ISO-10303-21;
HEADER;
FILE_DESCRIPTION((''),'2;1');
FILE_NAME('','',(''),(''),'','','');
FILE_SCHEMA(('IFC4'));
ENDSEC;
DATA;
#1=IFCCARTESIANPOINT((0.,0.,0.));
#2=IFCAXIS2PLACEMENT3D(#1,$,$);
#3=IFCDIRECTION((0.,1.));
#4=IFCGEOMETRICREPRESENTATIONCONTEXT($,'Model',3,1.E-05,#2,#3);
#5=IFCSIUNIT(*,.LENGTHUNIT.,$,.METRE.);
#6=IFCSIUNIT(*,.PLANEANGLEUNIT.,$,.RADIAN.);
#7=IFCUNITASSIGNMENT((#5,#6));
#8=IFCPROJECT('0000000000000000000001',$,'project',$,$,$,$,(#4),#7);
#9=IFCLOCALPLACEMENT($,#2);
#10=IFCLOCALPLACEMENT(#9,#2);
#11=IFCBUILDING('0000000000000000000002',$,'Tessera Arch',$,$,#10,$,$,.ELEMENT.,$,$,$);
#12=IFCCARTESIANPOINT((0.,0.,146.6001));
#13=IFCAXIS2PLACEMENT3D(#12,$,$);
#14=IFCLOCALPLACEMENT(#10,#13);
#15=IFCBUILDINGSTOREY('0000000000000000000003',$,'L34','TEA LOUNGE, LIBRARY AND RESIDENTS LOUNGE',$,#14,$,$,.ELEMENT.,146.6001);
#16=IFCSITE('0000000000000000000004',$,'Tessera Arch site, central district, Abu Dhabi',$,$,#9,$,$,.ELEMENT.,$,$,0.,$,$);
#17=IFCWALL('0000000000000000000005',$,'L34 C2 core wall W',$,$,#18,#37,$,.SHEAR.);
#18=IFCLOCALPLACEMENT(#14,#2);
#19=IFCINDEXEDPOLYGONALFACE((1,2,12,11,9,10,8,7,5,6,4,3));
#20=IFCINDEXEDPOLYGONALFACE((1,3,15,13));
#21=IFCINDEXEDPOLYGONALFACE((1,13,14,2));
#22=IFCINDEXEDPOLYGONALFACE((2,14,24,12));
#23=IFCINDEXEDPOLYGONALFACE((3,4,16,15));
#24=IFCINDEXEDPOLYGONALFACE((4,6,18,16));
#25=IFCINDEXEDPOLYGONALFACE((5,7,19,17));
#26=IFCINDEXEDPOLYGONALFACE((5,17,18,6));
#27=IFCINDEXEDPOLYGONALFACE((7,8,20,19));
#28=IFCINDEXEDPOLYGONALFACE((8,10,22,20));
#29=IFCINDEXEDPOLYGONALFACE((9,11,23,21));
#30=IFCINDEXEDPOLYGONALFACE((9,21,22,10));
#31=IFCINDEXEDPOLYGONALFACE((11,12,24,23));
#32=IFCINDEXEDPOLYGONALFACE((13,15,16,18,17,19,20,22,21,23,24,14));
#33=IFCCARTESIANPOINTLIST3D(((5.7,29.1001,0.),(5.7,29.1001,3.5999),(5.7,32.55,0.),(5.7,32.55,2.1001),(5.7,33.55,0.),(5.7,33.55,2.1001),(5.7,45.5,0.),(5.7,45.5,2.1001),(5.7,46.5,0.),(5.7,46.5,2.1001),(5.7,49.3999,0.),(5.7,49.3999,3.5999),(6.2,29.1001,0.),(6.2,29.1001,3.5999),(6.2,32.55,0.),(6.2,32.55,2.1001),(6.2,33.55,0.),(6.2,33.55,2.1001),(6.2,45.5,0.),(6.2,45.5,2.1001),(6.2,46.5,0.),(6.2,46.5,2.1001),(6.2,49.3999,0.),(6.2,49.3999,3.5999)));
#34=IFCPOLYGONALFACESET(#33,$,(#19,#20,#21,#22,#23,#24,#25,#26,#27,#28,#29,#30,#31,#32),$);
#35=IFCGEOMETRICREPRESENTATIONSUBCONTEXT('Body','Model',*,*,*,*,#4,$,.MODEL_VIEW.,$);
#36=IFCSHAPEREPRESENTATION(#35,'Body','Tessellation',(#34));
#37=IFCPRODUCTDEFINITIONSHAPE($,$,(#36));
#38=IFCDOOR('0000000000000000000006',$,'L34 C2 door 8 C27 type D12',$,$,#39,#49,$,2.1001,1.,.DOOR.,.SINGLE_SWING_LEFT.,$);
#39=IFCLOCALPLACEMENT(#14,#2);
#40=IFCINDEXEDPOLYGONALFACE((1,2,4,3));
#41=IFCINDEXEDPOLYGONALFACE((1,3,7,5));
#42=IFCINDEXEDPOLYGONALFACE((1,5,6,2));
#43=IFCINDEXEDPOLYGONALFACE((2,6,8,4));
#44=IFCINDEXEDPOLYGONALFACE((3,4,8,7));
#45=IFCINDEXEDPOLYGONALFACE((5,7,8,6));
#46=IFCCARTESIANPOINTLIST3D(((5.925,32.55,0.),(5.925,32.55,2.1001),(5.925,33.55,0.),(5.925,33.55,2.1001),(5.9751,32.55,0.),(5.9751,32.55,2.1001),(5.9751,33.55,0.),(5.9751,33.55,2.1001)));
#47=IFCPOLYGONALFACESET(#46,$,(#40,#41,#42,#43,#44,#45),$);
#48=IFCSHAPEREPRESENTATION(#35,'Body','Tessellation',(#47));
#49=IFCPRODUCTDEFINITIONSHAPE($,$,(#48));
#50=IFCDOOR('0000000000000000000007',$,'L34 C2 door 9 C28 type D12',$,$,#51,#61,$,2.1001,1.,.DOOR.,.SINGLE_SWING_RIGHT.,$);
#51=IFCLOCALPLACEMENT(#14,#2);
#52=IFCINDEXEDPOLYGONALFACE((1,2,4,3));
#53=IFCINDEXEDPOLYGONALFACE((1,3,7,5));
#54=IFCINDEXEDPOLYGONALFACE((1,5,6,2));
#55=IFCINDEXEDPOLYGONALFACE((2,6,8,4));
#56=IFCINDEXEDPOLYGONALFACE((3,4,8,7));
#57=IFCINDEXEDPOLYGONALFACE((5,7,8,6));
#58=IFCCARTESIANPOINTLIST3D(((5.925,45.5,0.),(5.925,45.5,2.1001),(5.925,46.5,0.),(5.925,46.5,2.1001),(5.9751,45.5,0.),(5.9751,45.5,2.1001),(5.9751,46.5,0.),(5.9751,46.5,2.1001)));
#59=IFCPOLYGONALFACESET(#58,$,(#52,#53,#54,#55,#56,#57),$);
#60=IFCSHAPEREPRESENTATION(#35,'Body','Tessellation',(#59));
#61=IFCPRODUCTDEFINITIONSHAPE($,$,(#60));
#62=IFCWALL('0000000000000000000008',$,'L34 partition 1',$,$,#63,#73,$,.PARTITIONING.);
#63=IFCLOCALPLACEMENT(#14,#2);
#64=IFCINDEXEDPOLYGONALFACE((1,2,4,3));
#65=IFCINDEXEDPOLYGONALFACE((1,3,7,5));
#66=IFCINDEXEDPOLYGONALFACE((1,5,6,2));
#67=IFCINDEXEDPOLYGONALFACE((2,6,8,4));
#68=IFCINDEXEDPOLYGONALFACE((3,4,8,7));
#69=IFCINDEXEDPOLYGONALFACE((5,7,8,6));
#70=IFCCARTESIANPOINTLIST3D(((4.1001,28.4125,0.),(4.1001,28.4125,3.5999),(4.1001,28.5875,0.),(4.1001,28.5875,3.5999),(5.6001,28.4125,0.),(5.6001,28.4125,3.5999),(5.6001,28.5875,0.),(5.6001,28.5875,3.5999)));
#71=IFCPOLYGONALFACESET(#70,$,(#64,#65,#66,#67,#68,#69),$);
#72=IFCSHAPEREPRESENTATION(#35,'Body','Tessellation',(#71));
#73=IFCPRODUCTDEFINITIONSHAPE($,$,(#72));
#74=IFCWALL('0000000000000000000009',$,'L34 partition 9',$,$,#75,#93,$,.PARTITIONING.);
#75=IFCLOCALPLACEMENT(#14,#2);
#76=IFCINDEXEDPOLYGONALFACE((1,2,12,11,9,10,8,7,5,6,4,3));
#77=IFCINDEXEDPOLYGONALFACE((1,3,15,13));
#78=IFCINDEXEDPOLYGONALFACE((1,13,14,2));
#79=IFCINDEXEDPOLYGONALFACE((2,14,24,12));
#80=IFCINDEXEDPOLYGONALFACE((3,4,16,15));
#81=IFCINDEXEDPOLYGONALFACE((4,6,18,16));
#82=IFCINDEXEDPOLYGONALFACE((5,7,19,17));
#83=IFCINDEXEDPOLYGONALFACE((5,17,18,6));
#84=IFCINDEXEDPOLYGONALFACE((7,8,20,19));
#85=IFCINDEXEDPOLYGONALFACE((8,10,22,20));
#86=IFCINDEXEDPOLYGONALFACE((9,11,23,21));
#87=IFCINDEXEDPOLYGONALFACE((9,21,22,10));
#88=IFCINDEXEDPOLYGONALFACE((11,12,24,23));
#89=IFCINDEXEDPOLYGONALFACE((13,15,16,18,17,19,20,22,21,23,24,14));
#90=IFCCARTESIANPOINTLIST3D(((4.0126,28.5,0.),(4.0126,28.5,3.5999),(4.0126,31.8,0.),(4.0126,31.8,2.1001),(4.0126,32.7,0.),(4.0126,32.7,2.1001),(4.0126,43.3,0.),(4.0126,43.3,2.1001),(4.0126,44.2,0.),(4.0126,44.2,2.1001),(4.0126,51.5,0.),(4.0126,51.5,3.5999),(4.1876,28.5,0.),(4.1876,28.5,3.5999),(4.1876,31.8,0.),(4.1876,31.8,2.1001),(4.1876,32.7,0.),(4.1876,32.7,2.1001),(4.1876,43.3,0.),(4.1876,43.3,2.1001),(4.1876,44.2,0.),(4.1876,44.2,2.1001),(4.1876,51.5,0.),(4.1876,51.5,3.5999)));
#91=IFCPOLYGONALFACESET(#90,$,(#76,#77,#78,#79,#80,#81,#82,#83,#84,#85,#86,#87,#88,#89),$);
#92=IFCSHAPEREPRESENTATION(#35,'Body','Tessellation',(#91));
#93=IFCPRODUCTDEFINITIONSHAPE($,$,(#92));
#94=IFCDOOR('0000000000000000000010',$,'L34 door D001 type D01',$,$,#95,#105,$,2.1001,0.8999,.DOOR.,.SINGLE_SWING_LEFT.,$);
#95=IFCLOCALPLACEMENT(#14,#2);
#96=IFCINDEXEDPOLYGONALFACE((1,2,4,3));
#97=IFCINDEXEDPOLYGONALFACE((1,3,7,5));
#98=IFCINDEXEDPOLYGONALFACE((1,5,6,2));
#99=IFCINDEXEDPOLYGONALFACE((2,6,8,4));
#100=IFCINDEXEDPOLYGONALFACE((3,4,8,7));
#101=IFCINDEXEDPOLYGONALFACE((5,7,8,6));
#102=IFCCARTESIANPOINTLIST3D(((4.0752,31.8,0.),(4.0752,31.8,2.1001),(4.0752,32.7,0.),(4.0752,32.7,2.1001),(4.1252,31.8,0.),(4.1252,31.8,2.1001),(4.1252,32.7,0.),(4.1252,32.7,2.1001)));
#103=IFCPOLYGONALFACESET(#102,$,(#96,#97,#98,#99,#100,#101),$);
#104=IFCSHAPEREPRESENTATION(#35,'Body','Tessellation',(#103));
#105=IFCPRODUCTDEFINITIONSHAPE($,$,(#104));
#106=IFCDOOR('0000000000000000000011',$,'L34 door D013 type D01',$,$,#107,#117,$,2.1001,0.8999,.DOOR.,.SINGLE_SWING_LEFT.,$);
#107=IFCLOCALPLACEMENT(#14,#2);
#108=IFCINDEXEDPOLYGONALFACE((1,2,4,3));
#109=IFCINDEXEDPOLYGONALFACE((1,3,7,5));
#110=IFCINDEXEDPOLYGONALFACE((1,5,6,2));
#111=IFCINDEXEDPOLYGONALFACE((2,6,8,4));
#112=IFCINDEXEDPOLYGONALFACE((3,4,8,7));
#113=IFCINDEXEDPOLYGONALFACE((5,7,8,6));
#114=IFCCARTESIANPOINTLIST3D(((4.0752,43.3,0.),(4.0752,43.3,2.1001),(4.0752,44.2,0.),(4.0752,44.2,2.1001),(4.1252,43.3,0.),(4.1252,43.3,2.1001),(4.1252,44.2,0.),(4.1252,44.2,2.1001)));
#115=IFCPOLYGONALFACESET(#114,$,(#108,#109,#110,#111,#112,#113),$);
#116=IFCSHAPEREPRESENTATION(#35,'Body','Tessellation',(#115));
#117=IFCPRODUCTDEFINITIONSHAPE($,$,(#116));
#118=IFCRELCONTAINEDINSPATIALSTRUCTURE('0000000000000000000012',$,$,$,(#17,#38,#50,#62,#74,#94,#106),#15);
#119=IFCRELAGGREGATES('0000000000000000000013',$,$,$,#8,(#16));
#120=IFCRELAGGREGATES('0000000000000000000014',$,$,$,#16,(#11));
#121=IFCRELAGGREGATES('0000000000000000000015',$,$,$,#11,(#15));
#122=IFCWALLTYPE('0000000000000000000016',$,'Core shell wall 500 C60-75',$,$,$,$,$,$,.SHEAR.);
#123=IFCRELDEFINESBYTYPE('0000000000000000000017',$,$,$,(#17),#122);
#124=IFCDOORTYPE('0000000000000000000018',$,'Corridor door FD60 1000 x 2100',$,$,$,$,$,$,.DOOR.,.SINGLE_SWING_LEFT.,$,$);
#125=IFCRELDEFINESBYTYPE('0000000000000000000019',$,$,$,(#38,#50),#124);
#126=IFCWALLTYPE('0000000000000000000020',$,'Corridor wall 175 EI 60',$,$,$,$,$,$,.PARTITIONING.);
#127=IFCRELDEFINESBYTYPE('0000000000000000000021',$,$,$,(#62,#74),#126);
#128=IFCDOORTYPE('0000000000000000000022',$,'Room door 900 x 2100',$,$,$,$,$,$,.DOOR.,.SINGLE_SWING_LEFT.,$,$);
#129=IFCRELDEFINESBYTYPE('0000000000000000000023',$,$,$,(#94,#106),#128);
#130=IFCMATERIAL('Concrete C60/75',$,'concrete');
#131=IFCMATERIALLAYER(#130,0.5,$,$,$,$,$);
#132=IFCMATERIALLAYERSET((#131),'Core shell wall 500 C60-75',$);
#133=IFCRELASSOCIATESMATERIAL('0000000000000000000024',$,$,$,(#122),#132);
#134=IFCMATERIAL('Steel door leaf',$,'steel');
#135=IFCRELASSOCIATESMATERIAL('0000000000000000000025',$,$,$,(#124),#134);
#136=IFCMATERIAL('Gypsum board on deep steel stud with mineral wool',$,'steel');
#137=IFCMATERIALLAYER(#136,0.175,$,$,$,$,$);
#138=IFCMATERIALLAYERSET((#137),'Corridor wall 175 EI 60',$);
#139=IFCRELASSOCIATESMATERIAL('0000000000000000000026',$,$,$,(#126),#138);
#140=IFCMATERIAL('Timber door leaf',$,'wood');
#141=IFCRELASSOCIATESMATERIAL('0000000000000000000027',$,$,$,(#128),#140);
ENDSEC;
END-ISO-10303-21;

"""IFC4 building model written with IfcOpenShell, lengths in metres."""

from ifc_helpers import new_model, si_unit, direction, frame, frame_2d, origin, place, context, subcontext, project, spatial, rectangle, extrude, material, layer, layer_set, type_object, element, fill, save


model = new_model("IFC4")

# Units and contexts
model_context = context("Model", 3, precision=1e-05, world=origin(), true_north=direction((0.0, 1.0)))
body_context = subcontext(model_context, "Body", "Model", "MODEL_VIEW")
ifc_project = project(units=[si_unit("LENGTHUNIT", "METRE"), si_unit("PLANEANGLEUNIT", "RADIAN")], contexts=[model_context])

# Site, building, storey
site_placement = place(None, origin())
site = spatial("IfcSite", under=ifc_project, at=site_placement, Name="Tessera Arch site, central district, Abu Dhabi", CompositionType="ELEMENT", RefElevation=0.0)
building_placement = place(site_placement, origin())
building = spatial("IfcBuilding", under=site, at=building_placement, Name="Tessera Arch", CompositionType="ELEMENT")
storey_placement = place(building_placement, frame((0.0, 0.0, 146.6001)))
storey = spatial("IfcBuildingStorey", under=building, at=storey_placement, Name="L34", Description="TEA LOUNGE, LIBRARY AND RESIDENTS LOUNGE", CompositionType="ELEMENT", Elevation=146.6001)

# Shared definitions
ifc_material_1 = material(Name="Concrete C60/75", Category="concrete")
ifc_layer_1 = layer(ifc_material_1, 0.5)
ifc_layer_set_1 = layer_set([ifc_layer_1], Name="Core shell wall 500 C60-75")
wall_type_1 = type_object("IfcWallType", Name="Core shell wall 500 C60-75", PredefinedType="SHEAR", material=ifc_layer_set_1)

# Wall, openings, doors
wall_1_placement = place(storey_placement, frame((5.95, 29.1001, 0.0), z_axis=(0.0, 0.0, 1.0), x_axis=(0.0, 1.0, 0.0)))
wall_1 = element("IfcWall", 1, at=wall_1_placement, inside=storey, type_object=wall_type_1, Name="L34 C2 core wall W", PredefinedType="SHEAR", context=body_context, shape_type="SweptSolid", body=[
    extrude(rectangle(XDim=20.2998, YDim=0.5, at=frame_2d((10.1499, 0.0))), origin(), (0.0, 0.0, 1.0), 3.5999),
])
opening_1_placement = place(wall_1_placement, frame((3.45, 0.0, 0.0)))
opening_1 = element("IfcOpeningElement", 2, at=opening_1_placement, cuts=wall_1, PredefinedType="OPENING", context=body_context, shape_type="SweptSolid", body=[
    extrude(rectangle(XDim=1.0, YDim=2.1001, at=frame_2d((0.5, 1.05))), frame((0.0, 0.26, 0.0), z_axis=(0.0, -1.0, 0.0), x_axis=(1.0, 0.0, 0.0)), (0.0, 0.0, 1.0), 0.52),
])
opening_2_placement = place(wall_1_placement, frame((16.3999, 0.0, 0.0)))
opening_2 = element("IfcOpeningElement", 3, at=opening_2_placement, cuts=wall_1, PredefinedType="OPENING", context=body_context, shape_type="SweptSolid", body=[
    extrude(rectangle(XDim=1.0, YDim=2.1001, at=frame_2d((0.5, 1.05))), frame((0.0, 0.26, 0.0), z_axis=(0.0, -1.0, 0.0), x_axis=(1.0, 0.0, 0.0)), (0.0, 0.0, 1.0), 0.52),
])
ifc_material_2 = material(Name="Steel door leaf", Category="steel")
door_type_1 = type_object("IfcDoorType", Name="Corridor door FD60 1000 x 2100", OperationType="SINGLE_SWING_LEFT", PredefinedType="DOOR", material=ifc_material_2)
door_1_placement = place(opening_1_placement, origin())
door_1 = element("IfcDoor", 4, at=door_1_placement, inside=storey, type_object=door_type_1, Name="L34 C2 door 8 C27 type D12", OperationType="SINGLE_SWING_LEFT", OverallHeight=2.1001, OverallWidth=1.0, PredefinedType="DOOR", context=body_context, shape_type="SweptSolid", body=[
    extrude(rectangle(XDim=1.0, YDim=2.1001, at=frame_2d((0.5, 1.05))), frame((0.0, 0.0249, 0.0), z_axis=(0.0, -1.0, 0.0), x_axis=(1.0, 0.0, 0.0)), (0.0, 0.0, 1.0), 0.05),
])
fill(opening_1, door_1)
door_2_placement = place(opening_2_placement, origin())
door_2 = element("IfcDoor", 5, at=door_2_placement, inside=storey, type_object=door_type_1, Name="L34 C2 door 9 C28 type D12", OperationType="SINGLE_SWING_RIGHT", OverallHeight=2.1001, OverallWidth=1.0, PredefinedType="DOOR", context=body_context, shape_type="SweptSolid", body=[
    extrude(rectangle(XDim=1.0, YDim=2.1001, at=frame_2d((0.5, 1.05))), frame((0.0, 0.0249, 0.0), z_axis=(0.0, -1.0, 0.0), x_axis=(1.0, 0.0, 0.0)), (0.0, 0.0, 1.0), 0.05),
])
fill(opening_2, door_2)

# Wall
ifc_material_3 = material(Name="Gypsum board on deep steel stud with mineral wool", Category="steel")
ifc_layer_2 = layer(ifc_material_3, 0.175)
ifc_layer_set_2 = layer_set([ifc_layer_2], Name="Corridor wall 175 EI 60")
wall_type_2 = type_object("IfcWallType", Name="Corridor wall 175 EI 60", PredefinedType="PARTITIONING", material=ifc_layer_set_2)
wall_2_placement = place(storey_placement, frame((4.1001, 28.5, 0.0), z_axis=(0.0, 0.0, 1.0), x_axis=(1.0, 0.0, 0.0)))
element("IfcWall", 6, at=wall_2_placement, inside=storey, type_object=wall_type_2, Name="L34 partition 1", PredefinedType="PARTITIONING", context=body_context, shape_type="SweptSolid", body=[
    extrude(rectangle(XDim=1.5, YDim=0.175, at=frame_2d((0.75, 0.0))), origin(), (0.0, 0.0, 1.0), 3.5999),
])

# Wall, openings, doors
wall_3_placement = place(storey_placement, frame((4.1001, 28.5, 0.0), z_axis=(0.0, 0.0, 1.0), x_axis=(0.0, 1.0, 0.0)))
wall_3 = element("IfcWall", 7, at=wall_3_placement, inside=storey, type_object=wall_type_2, Name="L34 partition 9", PredefinedType="PARTITIONING", context=body_context, shape_type="SweptSolid", body=[
    extrude(rectangle(XDim=23.0, YDim=0.175, at=frame_2d((11.5, 0.0))), origin(), (0.0, 0.0, 1.0), 3.5999),
])
opening_3_placement = place(wall_3_placement, frame((3.3, 0.0, 0.0)))
opening_3 = element("IfcOpeningElement", 8, at=opening_3_placement, cuts=wall_3, PredefinedType="OPENING", context=body_context, shape_type="SweptSolid", body=[
    extrude(rectangle(XDim=0.8999, YDim=2.1001, at=frame_2d((0.45, 1.05))), frame((0.0, 0.0974, 0.0), z_axis=(0.0, -1.0, 0.0), x_axis=(1.0, 0.0, 0.0)), (0.0, 0.0, 1.0), 0.1951),
])
opening_4_placement = place(wall_3_placement, frame((14.8, 0.0, 0.0)))
opening_4 = element("IfcOpeningElement", 9, at=opening_4_placement, cuts=wall_3, PredefinedType="OPENING", context=body_context, shape_type="SweptSolid", body=[
    extrude(rectangle(XDim=0.8999, YDim=2.1001, at=frame_2d((0.45, 1.05))), frame((0.0, 0.0974, 0.0), z_axis=(0.0, -1.0, 0.0), x_axis=(1.0, 0.0, 0.0)), (0.0, 0.0, 1.0), 0.1951),
])
ifc_material_4 = material(Name="Timber door leaf", Category="wood")
door_type_2 = type_object("IfcDoorType", Name="Room door 900 x 2100", OperationType="SINGLE_SWING_LEFT", PredefinedType="DOOR", material=ifc_material_4)
door_3_placement = place(opening_3_placement, origin())
door_3 = element("IfcDoor", 10, at=door_3_placement, inside=storey, type_object=door_type_2, Name="L34 door D001 type D01", OperationType="SINGLE_SWING_LEFT", OverallHeight=2.1001, OverallWidth=0.8999, PredefinedType="DOOR", context=body_context, shape_type="SweptSolid", body=[
    extrude(rectangle(XDim=0.8999, YDim=2.1001, at=frame_2d((0.45, 1.05))), frame((0.0, 0.0249, 0.0), z_axis=(0.0, -1.0, 0.0), x_axis=(1.0, 0.0, 0.0)), (0.0, 0.0, 1.0), 0.05),
])
fill(opening_3, door_3)
door_4_placement = place(opening_4_placement, origin())
door_4 = element("IfcDoor", 11, at=door_4_placement, inside=storey, type_object=door_type_2, Name="L34 door D013 type D01", OperationType="SINGLE_SWING_LEFT", OverallHeight=2.1001, OverallWidth=0.8999, PredefinedType="DOOR", context=body_context, shape_type="SweptSolid", body=[
    extrude(rectangle(XDim=0.8999, YDim=2.1001, at=frame_2d((0.45, 1.05))), frame((0.0, 0.0249, 0.0), z_axis=(0.0, -1.0, 0.0), x_axis=(1.0, 0.0, 0.0)), (0.0, 0.0, 1.0), 0.05),
])
fill(opening_4, door_4)

save(model, "model.ifc")
